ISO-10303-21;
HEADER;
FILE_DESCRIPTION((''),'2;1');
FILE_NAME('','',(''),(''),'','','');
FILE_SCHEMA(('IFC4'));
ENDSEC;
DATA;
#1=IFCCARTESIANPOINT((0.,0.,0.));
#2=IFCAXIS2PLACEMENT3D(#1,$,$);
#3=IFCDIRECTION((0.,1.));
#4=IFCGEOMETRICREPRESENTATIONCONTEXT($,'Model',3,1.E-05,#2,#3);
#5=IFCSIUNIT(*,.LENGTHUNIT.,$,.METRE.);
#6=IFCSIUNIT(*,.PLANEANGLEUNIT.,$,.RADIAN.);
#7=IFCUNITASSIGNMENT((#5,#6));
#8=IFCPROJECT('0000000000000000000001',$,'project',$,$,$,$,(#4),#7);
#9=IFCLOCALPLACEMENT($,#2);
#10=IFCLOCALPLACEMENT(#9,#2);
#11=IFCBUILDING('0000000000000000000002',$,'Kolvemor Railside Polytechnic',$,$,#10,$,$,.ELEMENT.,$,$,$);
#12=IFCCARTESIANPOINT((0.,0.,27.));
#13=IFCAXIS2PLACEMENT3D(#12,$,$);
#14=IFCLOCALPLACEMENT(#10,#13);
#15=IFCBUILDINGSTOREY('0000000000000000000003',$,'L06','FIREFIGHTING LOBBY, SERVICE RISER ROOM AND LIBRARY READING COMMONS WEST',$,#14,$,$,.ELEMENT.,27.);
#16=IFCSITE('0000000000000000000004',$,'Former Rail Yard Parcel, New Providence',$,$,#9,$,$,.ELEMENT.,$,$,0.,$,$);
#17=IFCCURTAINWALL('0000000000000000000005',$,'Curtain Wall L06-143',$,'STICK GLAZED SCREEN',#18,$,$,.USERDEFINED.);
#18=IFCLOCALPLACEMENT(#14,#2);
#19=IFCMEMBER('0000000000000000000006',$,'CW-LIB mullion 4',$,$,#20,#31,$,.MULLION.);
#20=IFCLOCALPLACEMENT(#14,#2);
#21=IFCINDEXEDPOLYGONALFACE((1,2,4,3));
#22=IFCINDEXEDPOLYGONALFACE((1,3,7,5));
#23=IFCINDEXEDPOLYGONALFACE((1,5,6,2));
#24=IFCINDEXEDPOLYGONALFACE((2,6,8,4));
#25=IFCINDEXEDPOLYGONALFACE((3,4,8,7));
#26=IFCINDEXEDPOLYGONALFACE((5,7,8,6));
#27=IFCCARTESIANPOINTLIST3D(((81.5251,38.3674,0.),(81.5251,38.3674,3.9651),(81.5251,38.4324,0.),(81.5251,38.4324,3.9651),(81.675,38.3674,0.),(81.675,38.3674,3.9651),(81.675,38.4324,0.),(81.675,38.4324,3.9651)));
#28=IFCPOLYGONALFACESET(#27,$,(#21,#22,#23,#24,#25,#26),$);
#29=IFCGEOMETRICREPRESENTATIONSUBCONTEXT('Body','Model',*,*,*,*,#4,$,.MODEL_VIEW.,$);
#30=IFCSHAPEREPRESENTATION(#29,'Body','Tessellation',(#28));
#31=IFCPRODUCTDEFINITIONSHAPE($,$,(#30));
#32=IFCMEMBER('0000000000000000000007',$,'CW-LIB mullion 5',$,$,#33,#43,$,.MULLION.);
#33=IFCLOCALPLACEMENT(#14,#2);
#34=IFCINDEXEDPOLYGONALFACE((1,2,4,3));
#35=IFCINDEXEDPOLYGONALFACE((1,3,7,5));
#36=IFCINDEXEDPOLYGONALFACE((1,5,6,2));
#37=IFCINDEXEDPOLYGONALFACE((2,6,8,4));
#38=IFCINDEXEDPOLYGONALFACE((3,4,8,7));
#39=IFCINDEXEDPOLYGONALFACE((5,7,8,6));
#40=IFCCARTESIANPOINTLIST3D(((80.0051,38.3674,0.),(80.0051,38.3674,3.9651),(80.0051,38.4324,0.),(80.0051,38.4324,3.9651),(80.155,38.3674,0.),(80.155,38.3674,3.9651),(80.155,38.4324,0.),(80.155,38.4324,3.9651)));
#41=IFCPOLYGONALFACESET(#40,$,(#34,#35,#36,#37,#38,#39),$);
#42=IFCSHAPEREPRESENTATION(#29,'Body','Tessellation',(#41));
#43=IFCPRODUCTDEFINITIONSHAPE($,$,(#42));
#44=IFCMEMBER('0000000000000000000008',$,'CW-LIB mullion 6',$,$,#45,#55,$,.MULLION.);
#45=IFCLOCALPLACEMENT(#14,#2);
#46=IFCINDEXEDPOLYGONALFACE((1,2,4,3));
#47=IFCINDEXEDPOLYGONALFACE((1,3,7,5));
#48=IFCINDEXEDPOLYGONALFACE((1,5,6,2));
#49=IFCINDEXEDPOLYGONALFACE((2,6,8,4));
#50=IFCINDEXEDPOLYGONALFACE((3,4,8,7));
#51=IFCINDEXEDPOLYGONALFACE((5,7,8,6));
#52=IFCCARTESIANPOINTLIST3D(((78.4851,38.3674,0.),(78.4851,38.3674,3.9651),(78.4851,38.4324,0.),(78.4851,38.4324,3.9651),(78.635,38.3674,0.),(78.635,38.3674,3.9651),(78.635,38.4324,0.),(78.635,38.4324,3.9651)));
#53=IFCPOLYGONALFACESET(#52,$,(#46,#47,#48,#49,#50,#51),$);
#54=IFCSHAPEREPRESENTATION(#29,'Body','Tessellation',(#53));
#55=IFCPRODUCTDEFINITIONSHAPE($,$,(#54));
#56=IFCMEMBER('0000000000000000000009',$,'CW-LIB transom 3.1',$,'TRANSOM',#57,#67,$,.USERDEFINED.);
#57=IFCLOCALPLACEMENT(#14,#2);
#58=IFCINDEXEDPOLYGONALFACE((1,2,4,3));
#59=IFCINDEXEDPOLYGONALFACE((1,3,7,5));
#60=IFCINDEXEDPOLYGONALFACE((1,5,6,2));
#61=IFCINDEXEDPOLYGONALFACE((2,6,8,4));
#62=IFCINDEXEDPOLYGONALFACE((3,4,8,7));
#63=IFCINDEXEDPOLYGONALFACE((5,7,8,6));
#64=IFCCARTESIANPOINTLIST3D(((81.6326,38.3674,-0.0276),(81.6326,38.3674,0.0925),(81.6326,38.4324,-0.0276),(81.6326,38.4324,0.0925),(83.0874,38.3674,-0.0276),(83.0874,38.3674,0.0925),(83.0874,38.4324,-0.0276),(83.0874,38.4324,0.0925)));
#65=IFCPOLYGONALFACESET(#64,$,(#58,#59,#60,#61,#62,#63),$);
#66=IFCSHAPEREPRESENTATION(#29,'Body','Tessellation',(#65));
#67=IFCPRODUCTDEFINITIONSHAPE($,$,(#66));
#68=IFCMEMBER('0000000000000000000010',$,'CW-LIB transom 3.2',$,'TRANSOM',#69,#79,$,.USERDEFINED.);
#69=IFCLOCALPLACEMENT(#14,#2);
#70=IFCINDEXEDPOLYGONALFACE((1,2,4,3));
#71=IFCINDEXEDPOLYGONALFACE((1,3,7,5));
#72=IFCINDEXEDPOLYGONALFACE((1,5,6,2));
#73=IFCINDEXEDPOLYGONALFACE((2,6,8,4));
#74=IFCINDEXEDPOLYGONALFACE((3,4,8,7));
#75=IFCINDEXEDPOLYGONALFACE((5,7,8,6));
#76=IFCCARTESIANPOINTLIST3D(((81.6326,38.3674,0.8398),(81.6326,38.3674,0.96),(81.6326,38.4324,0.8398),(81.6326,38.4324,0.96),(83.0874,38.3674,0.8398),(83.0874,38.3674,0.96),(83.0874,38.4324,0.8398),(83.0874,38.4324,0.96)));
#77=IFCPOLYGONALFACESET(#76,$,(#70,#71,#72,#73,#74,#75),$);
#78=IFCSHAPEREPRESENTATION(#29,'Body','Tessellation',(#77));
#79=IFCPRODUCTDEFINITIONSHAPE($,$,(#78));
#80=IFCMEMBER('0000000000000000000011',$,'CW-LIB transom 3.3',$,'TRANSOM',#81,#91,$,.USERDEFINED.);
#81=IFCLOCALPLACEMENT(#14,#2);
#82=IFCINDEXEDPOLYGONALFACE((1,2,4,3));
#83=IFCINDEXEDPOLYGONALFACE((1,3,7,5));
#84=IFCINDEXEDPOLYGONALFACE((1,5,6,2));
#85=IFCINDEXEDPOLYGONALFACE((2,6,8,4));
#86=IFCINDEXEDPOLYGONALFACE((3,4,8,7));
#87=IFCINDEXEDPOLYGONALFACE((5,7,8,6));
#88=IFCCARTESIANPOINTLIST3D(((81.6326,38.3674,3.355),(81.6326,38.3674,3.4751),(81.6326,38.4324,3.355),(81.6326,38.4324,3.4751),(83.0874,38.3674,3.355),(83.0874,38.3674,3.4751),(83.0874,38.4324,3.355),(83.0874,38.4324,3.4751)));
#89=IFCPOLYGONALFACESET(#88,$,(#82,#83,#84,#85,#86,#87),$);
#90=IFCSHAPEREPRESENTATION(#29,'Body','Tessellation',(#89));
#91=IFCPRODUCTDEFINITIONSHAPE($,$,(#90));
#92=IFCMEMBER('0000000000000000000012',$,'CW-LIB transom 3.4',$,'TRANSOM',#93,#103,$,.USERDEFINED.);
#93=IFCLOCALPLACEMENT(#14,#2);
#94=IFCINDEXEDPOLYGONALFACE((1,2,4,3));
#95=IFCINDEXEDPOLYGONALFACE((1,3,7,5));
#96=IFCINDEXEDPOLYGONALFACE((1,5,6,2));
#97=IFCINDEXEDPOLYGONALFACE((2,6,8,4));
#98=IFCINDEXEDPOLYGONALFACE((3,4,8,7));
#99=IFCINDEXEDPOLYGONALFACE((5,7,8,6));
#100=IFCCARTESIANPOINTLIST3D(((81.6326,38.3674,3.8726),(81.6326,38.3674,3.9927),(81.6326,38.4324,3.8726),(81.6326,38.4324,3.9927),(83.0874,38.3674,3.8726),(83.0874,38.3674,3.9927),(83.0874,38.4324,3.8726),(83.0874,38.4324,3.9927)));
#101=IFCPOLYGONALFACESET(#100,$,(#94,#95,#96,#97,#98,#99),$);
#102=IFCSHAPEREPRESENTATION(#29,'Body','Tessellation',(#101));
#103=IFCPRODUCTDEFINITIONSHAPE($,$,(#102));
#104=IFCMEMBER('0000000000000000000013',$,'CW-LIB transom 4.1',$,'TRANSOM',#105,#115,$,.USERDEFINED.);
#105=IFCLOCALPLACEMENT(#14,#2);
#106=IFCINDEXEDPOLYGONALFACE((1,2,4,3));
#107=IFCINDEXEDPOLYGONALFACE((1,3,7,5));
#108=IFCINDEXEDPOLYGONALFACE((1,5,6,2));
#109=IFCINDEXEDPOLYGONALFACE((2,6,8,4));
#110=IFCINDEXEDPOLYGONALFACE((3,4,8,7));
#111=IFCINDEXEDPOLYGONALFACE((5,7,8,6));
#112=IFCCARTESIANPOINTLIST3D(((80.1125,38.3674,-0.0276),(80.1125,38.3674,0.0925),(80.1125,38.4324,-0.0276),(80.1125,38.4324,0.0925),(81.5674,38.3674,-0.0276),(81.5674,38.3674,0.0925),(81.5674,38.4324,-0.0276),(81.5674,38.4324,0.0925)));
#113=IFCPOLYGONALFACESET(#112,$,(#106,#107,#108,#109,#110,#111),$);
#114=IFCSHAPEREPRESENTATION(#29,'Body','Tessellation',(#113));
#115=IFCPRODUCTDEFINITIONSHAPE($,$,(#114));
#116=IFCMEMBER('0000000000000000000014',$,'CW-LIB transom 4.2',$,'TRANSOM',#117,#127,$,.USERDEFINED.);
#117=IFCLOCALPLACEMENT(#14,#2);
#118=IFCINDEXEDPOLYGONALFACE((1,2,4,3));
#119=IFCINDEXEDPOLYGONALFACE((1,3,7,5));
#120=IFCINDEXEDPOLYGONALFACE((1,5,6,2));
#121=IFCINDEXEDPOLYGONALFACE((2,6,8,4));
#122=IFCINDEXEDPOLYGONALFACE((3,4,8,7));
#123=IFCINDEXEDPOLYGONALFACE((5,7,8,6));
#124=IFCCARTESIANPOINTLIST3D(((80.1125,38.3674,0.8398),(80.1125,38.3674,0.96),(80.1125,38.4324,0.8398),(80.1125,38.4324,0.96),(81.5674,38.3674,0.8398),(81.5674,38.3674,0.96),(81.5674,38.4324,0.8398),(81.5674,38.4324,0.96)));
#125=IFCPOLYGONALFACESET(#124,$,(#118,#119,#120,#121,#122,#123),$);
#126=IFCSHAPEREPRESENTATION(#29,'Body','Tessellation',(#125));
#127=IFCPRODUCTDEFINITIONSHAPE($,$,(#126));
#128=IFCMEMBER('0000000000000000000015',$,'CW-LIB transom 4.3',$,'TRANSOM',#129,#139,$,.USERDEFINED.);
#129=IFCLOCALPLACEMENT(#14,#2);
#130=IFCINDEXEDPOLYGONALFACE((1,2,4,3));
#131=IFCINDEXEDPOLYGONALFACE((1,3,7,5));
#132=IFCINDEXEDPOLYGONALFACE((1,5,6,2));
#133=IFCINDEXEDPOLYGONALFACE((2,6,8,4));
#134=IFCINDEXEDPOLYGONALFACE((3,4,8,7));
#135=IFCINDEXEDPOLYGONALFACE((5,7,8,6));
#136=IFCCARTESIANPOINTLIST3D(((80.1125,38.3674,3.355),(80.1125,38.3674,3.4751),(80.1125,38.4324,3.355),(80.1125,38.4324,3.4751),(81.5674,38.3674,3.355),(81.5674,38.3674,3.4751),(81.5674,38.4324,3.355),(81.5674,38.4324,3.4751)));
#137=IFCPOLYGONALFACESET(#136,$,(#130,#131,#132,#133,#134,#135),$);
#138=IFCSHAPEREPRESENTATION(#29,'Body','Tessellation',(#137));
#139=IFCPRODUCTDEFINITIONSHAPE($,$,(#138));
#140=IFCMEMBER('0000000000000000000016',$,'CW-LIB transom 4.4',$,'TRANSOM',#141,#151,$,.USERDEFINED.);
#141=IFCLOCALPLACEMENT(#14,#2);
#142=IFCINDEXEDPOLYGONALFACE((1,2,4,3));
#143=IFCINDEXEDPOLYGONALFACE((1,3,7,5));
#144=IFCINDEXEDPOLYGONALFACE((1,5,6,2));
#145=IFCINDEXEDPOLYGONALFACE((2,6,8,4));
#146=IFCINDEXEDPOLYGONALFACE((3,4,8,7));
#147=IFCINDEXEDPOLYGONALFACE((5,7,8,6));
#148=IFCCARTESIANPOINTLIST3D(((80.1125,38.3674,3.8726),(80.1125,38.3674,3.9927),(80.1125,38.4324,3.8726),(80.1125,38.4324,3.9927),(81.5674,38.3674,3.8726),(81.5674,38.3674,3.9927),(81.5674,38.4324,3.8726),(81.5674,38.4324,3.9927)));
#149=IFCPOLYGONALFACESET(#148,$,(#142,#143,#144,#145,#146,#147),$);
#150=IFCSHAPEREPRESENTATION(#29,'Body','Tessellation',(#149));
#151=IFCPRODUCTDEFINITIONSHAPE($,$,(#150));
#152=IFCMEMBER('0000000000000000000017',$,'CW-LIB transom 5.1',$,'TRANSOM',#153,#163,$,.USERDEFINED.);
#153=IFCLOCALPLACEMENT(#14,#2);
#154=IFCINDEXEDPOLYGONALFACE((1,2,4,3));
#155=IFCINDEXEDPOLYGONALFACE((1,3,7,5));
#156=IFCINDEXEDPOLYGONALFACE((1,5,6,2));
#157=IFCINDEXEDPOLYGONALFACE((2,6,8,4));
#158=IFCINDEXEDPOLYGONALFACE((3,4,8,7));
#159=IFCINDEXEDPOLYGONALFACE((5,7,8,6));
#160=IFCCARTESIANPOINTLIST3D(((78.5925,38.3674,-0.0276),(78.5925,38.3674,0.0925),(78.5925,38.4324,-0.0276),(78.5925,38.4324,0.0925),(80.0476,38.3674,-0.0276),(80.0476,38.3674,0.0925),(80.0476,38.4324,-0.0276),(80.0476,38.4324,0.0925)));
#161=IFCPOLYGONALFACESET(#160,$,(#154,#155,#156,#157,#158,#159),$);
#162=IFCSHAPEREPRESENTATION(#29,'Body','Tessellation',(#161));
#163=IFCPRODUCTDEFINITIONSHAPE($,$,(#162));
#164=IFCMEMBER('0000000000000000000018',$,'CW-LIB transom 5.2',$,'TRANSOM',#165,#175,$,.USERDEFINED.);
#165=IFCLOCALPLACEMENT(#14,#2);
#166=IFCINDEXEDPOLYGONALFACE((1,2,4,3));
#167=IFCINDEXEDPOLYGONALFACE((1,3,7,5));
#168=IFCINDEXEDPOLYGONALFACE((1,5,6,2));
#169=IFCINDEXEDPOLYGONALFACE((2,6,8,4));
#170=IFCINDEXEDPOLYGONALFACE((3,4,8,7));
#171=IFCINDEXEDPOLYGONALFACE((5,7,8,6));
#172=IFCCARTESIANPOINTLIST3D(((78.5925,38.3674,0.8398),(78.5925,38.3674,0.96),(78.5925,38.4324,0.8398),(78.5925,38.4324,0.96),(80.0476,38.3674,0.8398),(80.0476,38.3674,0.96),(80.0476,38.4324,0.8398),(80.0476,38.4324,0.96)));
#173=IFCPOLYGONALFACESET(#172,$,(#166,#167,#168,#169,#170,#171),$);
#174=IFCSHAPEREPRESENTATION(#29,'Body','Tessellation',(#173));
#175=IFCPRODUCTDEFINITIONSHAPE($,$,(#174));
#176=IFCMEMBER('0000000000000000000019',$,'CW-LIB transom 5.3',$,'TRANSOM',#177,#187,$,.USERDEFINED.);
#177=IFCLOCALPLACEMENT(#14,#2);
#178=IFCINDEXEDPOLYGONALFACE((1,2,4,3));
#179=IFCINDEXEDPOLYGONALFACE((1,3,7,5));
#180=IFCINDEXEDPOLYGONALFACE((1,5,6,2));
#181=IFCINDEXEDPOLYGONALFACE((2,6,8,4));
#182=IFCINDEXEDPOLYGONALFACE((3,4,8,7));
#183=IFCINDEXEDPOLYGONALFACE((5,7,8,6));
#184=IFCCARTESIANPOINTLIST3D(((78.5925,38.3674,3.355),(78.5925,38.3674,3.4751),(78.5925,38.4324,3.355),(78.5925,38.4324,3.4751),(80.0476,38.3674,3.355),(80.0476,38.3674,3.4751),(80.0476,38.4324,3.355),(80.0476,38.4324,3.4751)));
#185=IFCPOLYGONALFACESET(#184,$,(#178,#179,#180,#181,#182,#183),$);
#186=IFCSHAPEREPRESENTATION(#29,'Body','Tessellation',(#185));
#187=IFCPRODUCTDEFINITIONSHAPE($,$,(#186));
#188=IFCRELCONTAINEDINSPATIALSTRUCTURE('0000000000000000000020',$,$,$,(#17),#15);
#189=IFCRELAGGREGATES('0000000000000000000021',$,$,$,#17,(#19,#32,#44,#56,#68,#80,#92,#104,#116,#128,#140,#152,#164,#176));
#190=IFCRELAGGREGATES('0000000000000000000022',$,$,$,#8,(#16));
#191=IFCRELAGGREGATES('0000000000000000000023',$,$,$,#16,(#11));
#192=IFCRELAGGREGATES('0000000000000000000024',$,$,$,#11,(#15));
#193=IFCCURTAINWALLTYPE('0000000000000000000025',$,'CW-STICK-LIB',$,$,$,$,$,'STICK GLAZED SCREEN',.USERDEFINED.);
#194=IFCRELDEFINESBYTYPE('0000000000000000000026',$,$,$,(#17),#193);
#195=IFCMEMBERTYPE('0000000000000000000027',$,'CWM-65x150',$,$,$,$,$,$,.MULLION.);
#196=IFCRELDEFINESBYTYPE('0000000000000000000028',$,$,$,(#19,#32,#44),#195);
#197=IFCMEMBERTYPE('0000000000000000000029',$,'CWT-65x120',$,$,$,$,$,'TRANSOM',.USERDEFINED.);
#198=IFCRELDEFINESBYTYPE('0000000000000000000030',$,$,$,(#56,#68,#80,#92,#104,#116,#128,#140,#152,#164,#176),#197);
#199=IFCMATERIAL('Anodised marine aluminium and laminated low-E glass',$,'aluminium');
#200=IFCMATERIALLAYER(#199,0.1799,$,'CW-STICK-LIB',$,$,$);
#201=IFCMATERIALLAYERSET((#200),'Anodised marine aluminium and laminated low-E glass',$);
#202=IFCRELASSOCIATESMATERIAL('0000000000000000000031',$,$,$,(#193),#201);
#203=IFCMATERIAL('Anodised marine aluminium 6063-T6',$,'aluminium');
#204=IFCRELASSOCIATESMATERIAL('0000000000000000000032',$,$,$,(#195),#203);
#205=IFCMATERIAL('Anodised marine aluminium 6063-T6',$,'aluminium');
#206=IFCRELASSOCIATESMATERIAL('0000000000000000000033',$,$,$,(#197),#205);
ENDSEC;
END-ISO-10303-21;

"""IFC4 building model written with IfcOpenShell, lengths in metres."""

from ifc_helpers import new_model, si_unit, direction, frame, origin, origin_2d, place, context, subcontext, project, spatial, rectangle, extrude, material, layer, layer_set, material_profile, profile_set, type_object, element, aggregate, save


model = new_model("IFC4")

# Units and contexts
model_context = context("Model", 3, precision=1e-05, world=origin(), true_north=direction((0.0, 1.0)))
body_context = subcontext(model_context, "Body", "Model", "MODEL_VIEW")
ifc_project = project(units=[si_unit("LENGTHUNIT", "METRE"), si_unit("PLANEANGLEUNIT", "RADIAN")], contexts=[model_context])

# Site, building, storey
site_placement = place(None, origin())
site = spatial("IfcSite", under=ifc_project, at=site_placement, Name="Former Rail Yard Parcel, New Providence", CompositionType="ELEMENT", RefElevation=0.0)
building_placement = place(site_placement, origin())
building = spatial("IfcBuilding", under=site, at=building_placement, Name="Kolvemor Railside Polytechnic", CompositionType="ELEMENT")
storey_placement = place(building_placement, frame((0.0, 0.0, 27.0)))
storey = spatial("IfcBuildingStorey", under=building, at=storey_placement, Name="L06", Description="FIREFIGHTING LOBBY, SERVICE RISER ROOM AND LIBRARY READING COMMONS WEST", CompositionType="ELEMENT", Elevation=27.0)

# Curtain wall, members
ifc_material_1 = material(Name="Anodised marine aluminium and laminated low-E glass", Category="aluminium")
ifc_layer_1 = layer(ifc_material_1, 0.1799, Name="CW-STICK-LIB")
ifc_layer_set_1 = layer_set([ifc_layer_1], Name="Anodised marine aluminium and laminated low-E glass")
curtain_wall_type = type_object("IfcCurtainWallType", Name="CW-STICK-LIB", ElementType="STICK GLAZED SCREEN", PredefinedType="USERDEFINED", material=ifc_layer_set_1)
curtain_wall_placement = place(storey_placement, origin())
curtain_wall = element("IfcCurtainWall", 1, at=curtain_wall_placement, inside=storey, type_object=curtain_wall_type, Name="Curtain Wall L06-143", ObjectType="STICK GLAZED SCREEN", PredefinedType="USERDEFINED")
ifc_material_2 = material(Name="Anodised marine aluminium 6063-T6", Category="aluminium")
ifc_material_profile_1 = material_profile(ifc_material_2, rectangle(XDim=0.0649, YDim=0.1499, at=origin_2d()), Name="CW-MUL-65x150")
ifc_profile_set_1 = profile_set([ifc_material_profile_1], Name="Anodised marine aluminium 6063-T6")
member_type_1 = type_object("IfcMemberType", Name="CWM-65x150", PredefinedType="MULLION", material=ifc_profile_set_1)
member_1_placement = place(storey_placement, frame((81.6001, 38.3999, 0.0), z_axis=(0.0, 0.0, 1.0), x_axis=(0.0, -1.0, 0.0)))
member_1 = element("IfcMember", 2, at=member_1_placement, type_object=member_type_1, Name="CW-LIB mullion 4", PredefinedType="MULLION", context=body_context, shape_type="SweptSolid", body=[
    extrude(rectangle(XDim=0.0649, YDim=0.1499, at=origin_2d()), origin(), (0.0, 0.0, 1.0), 3.9651),
])
member_2_placement = place(storey_placement, frame((80.0801, 38.3999, 0.0), z_axis=(0.0, 0.0, 1.0), x_axis=(0.0, -1.0, 0.0)))
member_2 = element("IfcMember", 3, at=member_2_placement, type_object=member_type_1, Name="CW-LIB mullion 5", PredefinedType="MULLION", context=body_context, shape_type="SweptSolid", body=[
    extrude(rectangle(XDim=0.0649, YDim=0.1499, at=origin_2d()), origin(), (0.0, 0.0, 1.0), 3.9651),
])
member_3_placement = place(storey_placement, frame((78.5601, 38.3999, 0.0), z_axis=(0.0, 0.0, 1.0), x_axis=(0.0, -1.0, 0.0)))
member_3 = element("IfcMember", 4, at=member_3_placement, type_object=member_type_1, Name="CW-LIB mullion 6", PredefinedType="MULLION", context=body_context, shape_type="SweptSolid", body=[
    extrude(rectangle(XDim=0.0649, YDim=0.1499, at=origin_2d()), origin(), (0.0, 0.0, 1.0), 3.9651),
])
ifc_material_3 = material(Name="Anodised marine aluminium 6063-T6", Category="aluminium")
ifc_material_profile_2 = material_profile(ifc_material_3, rectangle(XDim=0.0649, YDim=0.1201, at=origin_2d()), Name="CW-TRN-65x120")
ifc_profile_set_2 = profile_set([ifc_material_profile_2], Name="Anodised marine aluminium 6063-T6")
member_type_2 = type_object("IfcMemberType", Name="CWT-65x120", ElementType="TRANSOM", PredefinedType="USERDEFINED", material=ifc_profile_set_2)
member_4_placement = place(storey_placement, frame((83.0874, 38.3999, 0.0325), z_axis=(-1.0, 0.0, 0.0), x_axis=(0.0, -1.0, 0.0)))
member_4 = element("IfcMember", 5, at=member_4_placement, type_object=member_type_2, Name="CW-LIB transom 3.1", ObjectType="TRANSOM", PredefinedType="USERDEFINED", context=body_context, shape_type="SweptSolid", body=[
    extrude(rectangle(XDim=0.0649, YDim=0.1201, at=origin_2d()), origin(), (0.0, 0.0, 1.0), 1.4548),
])
member_5_placement = place(storey_placement, frame((83.0874, 38.3999, 0.8999), z_axis=(-1.0, 0.0, 0.0), x_axis=(0.0, -1.0, 0.0)))
member_5 = element("IfcMember", 6, at=member_5_placement, type_object=member_type_2, Name="CW-LIB transom 3.2", ObjectType="TRANSOM", PredefinedType="USERDEFINED", context=body_context, shape_type="SweptSolid", body=[
    extrude(rectangle(XDim=0.0649, YDim=0.1201, at=origin_2d()), origin(), (0.0, 0.0, 1.0), 1.4548),
])
member_6_placement = place(storey_placement, frame((83.0874, 38.3999, 3.415), z_axis=(-1.0, 0.0, 0.0), x_axis=(0.0, -1.0, 0.0)))
member_6 = element("IfcMember", 7, at=member_6_placement, type_object=member_type_2, Name="CW-LIB transom 3.3", ObjectType="TRANSOM", PredefinedType="USERDEFINED", context=body_context, shape_type="SweptSolid", body=[
    extrude(rectangle(XDim=0.0649, YDim=0.1201, at=origin_2d()), origin(), (0.0, 0.0, 1.0), 1.4548),
])
member_7_placement = place(storey_placement, frame((83.0874, 38.3999, 3.9326), z_axis=(-1.0, 0.0, 0.0), x_axis=(0.0, -1.0, 0.0)))
member_7 = element("IfcMember", 8, at=member_7_placement, type_object=member_type_2, Name="CW-LIB transom 3.4", ObjectType="TRANSOM", PredefinedType="USERDEFINED", context=body_context, shape_type="SweptSolid", body=[
    extrude(rectangle(XDim=0.0649, YDim=0.1201, at=origin_2d()), origin(), (0.0, 0.0, 1.0), 1.4548),
])
member_8_placement = place(storey_placement, frame((81.5674, 38.3999, 0.0325), z_axis=(-1.0, 0.0, 0.0), x_axis=(0.0, -1.0, 0.0)))
member_8 = element("IfcMember", 9, at=member_8_placement, type_object=member_type_2, Name="CW-LIB transom 4.1", ObjectType="TRANSOM", PredefinedType="USERDEFINED", context=body_context, shape_type="SweptSolid", body=[
    extrude(rectangle(XDim=0.0649, YDim=0.1201, at=origin_2d()), origin(), (0.0, 0.0, 1.0), 1.4548),
])
member_9_placement = place(storey_placement, frame((81.5674, 38.3999, 0.8999), z_axis=(-1.0, 0.0, 0.0), x_axis=(0.0, -1.0, 0.0)))
member_9 = element("IfcMember", 10, at=member_9_placement, type_object=member_type_2, Name="CW-LIB transom 4.2", ObjectType="TRANSOM", PredefinedType="USERDEFINED", context=body_context, shape_type="SweptSolid", body=[
    extrude(rectangle(XDim=0.0649, YDim=0.1201, at=origin_2d()), origin(), (0.0, 0.0, 1.0), 1.4548),
])
member_10_placement = place(storey_placement, frame((81.5674, 38.3999, 3.415), z_axis=(-1.0, 0.0, 0.0), x_axis=(0.0, -1.0, 0.0)))
member_10 = element("IfcMember", 11, at=member_10_placement, type_object=member_type_2, Name="CW-LIB transom 4.3", ObjectType="TRANSOM", PredefinedType="USERDEFINED", context=body_context, shape_type="SweptSolid", body=[
    extrude(rectangle(XDim=0.0649, YDim=0.1201, at=origin_2d()), origin(), (0.0, 0.0, 1.0), 1.4548),
])
member_11_placement = place(storey_placement, frame((81.5674, 38.3999, 3.9326), z_axis=(-1.0, 0.0, 0.0), x_axis=(0.0, -1.0, 0.0)))
member_11 = element("IfcMember", 12, at=member_11_placement, type_object=member_type_2, Name="CW-LIB transom 4.4", ObjectType="TRANSOM", PredefinedType="USERDEFINED", context=body_context, shape_type="SweptSolid", body=[
    extrude(rectangle(XDim=0.0649, YDim=0.1201, at=origin_2d()), origin(), (0.0, 0.0, 1.0), 1.4548),
])
member_12_placement = place(storey_placement, frame((80.0476, 38.3999, 0.0325), z_axis=(-1.0, 0.0, 0.0), x_axis=(0.0, -1.0, 0.0)))
member_12 = element("IfcMember", 13, at=member_12_placement, type_object=member_type_2, Name="CW-LIB transom 5.1", ObjectType="TRANSOM", PredefinedType="USERDEFINED", context=body_context, shape_type="SweptSolid", body=[
    extrude(rectangle(XDim=0.0649, YDim=0.1201, at=origin_2d()), origin(), (0.0, 0.0, 1.0), 1.4551),
])
member_13_placement = place(storey_placement, frame((80.0476, 38.3999, 0.8999), z_axis=(-1.0, 0.0, 0.0), x_axis=(0.0, -1.0, 0.0)))
member_13 = element("IfcMember", 14, at=member_13_placement, type_object=member_type_2, Name="CW-LIB transom 5.2", ObjectType="TRANSOM", PredefinedType="USERDEFINED", context=body_context, shape_type="SweptSolid", body=[
    extrude(rectangle(XDim=0.0649, YDim=0.1201, at=origin_2d()), origin(), (0.0, 0.0, 1.0), 1.4551),
])
member_14_placement = place(storey_placement, frame((80.0476, 38.3999, 3.415), z_axis=(-1.0, 0.0, 0.0), x_axis=(0.0, -1.0, 0.0)))
member_14 = element("IfcMember", 15, at=member_14_placement, type_object=member_type_2, Name="CW-LIB transom 5.3", ObjectType="TRANSOM", PredefinedType="USERDEFINED", context=body_context, shape_type="SweptSolid", body=[
    extrude(rectangle(XDim=0.0649, YDim=0.1201, at=origin_2d()), origin(), (0.0, 0.0, 1.0), 1.4551),
])
aggregate(curtain_wall, [member_1, member_2, member_3, member_4, member_5, member_6, member_7, member_8, member_9, member_10, member_11, member_12, member_13, member_14])

save(model, "model.ifc")
